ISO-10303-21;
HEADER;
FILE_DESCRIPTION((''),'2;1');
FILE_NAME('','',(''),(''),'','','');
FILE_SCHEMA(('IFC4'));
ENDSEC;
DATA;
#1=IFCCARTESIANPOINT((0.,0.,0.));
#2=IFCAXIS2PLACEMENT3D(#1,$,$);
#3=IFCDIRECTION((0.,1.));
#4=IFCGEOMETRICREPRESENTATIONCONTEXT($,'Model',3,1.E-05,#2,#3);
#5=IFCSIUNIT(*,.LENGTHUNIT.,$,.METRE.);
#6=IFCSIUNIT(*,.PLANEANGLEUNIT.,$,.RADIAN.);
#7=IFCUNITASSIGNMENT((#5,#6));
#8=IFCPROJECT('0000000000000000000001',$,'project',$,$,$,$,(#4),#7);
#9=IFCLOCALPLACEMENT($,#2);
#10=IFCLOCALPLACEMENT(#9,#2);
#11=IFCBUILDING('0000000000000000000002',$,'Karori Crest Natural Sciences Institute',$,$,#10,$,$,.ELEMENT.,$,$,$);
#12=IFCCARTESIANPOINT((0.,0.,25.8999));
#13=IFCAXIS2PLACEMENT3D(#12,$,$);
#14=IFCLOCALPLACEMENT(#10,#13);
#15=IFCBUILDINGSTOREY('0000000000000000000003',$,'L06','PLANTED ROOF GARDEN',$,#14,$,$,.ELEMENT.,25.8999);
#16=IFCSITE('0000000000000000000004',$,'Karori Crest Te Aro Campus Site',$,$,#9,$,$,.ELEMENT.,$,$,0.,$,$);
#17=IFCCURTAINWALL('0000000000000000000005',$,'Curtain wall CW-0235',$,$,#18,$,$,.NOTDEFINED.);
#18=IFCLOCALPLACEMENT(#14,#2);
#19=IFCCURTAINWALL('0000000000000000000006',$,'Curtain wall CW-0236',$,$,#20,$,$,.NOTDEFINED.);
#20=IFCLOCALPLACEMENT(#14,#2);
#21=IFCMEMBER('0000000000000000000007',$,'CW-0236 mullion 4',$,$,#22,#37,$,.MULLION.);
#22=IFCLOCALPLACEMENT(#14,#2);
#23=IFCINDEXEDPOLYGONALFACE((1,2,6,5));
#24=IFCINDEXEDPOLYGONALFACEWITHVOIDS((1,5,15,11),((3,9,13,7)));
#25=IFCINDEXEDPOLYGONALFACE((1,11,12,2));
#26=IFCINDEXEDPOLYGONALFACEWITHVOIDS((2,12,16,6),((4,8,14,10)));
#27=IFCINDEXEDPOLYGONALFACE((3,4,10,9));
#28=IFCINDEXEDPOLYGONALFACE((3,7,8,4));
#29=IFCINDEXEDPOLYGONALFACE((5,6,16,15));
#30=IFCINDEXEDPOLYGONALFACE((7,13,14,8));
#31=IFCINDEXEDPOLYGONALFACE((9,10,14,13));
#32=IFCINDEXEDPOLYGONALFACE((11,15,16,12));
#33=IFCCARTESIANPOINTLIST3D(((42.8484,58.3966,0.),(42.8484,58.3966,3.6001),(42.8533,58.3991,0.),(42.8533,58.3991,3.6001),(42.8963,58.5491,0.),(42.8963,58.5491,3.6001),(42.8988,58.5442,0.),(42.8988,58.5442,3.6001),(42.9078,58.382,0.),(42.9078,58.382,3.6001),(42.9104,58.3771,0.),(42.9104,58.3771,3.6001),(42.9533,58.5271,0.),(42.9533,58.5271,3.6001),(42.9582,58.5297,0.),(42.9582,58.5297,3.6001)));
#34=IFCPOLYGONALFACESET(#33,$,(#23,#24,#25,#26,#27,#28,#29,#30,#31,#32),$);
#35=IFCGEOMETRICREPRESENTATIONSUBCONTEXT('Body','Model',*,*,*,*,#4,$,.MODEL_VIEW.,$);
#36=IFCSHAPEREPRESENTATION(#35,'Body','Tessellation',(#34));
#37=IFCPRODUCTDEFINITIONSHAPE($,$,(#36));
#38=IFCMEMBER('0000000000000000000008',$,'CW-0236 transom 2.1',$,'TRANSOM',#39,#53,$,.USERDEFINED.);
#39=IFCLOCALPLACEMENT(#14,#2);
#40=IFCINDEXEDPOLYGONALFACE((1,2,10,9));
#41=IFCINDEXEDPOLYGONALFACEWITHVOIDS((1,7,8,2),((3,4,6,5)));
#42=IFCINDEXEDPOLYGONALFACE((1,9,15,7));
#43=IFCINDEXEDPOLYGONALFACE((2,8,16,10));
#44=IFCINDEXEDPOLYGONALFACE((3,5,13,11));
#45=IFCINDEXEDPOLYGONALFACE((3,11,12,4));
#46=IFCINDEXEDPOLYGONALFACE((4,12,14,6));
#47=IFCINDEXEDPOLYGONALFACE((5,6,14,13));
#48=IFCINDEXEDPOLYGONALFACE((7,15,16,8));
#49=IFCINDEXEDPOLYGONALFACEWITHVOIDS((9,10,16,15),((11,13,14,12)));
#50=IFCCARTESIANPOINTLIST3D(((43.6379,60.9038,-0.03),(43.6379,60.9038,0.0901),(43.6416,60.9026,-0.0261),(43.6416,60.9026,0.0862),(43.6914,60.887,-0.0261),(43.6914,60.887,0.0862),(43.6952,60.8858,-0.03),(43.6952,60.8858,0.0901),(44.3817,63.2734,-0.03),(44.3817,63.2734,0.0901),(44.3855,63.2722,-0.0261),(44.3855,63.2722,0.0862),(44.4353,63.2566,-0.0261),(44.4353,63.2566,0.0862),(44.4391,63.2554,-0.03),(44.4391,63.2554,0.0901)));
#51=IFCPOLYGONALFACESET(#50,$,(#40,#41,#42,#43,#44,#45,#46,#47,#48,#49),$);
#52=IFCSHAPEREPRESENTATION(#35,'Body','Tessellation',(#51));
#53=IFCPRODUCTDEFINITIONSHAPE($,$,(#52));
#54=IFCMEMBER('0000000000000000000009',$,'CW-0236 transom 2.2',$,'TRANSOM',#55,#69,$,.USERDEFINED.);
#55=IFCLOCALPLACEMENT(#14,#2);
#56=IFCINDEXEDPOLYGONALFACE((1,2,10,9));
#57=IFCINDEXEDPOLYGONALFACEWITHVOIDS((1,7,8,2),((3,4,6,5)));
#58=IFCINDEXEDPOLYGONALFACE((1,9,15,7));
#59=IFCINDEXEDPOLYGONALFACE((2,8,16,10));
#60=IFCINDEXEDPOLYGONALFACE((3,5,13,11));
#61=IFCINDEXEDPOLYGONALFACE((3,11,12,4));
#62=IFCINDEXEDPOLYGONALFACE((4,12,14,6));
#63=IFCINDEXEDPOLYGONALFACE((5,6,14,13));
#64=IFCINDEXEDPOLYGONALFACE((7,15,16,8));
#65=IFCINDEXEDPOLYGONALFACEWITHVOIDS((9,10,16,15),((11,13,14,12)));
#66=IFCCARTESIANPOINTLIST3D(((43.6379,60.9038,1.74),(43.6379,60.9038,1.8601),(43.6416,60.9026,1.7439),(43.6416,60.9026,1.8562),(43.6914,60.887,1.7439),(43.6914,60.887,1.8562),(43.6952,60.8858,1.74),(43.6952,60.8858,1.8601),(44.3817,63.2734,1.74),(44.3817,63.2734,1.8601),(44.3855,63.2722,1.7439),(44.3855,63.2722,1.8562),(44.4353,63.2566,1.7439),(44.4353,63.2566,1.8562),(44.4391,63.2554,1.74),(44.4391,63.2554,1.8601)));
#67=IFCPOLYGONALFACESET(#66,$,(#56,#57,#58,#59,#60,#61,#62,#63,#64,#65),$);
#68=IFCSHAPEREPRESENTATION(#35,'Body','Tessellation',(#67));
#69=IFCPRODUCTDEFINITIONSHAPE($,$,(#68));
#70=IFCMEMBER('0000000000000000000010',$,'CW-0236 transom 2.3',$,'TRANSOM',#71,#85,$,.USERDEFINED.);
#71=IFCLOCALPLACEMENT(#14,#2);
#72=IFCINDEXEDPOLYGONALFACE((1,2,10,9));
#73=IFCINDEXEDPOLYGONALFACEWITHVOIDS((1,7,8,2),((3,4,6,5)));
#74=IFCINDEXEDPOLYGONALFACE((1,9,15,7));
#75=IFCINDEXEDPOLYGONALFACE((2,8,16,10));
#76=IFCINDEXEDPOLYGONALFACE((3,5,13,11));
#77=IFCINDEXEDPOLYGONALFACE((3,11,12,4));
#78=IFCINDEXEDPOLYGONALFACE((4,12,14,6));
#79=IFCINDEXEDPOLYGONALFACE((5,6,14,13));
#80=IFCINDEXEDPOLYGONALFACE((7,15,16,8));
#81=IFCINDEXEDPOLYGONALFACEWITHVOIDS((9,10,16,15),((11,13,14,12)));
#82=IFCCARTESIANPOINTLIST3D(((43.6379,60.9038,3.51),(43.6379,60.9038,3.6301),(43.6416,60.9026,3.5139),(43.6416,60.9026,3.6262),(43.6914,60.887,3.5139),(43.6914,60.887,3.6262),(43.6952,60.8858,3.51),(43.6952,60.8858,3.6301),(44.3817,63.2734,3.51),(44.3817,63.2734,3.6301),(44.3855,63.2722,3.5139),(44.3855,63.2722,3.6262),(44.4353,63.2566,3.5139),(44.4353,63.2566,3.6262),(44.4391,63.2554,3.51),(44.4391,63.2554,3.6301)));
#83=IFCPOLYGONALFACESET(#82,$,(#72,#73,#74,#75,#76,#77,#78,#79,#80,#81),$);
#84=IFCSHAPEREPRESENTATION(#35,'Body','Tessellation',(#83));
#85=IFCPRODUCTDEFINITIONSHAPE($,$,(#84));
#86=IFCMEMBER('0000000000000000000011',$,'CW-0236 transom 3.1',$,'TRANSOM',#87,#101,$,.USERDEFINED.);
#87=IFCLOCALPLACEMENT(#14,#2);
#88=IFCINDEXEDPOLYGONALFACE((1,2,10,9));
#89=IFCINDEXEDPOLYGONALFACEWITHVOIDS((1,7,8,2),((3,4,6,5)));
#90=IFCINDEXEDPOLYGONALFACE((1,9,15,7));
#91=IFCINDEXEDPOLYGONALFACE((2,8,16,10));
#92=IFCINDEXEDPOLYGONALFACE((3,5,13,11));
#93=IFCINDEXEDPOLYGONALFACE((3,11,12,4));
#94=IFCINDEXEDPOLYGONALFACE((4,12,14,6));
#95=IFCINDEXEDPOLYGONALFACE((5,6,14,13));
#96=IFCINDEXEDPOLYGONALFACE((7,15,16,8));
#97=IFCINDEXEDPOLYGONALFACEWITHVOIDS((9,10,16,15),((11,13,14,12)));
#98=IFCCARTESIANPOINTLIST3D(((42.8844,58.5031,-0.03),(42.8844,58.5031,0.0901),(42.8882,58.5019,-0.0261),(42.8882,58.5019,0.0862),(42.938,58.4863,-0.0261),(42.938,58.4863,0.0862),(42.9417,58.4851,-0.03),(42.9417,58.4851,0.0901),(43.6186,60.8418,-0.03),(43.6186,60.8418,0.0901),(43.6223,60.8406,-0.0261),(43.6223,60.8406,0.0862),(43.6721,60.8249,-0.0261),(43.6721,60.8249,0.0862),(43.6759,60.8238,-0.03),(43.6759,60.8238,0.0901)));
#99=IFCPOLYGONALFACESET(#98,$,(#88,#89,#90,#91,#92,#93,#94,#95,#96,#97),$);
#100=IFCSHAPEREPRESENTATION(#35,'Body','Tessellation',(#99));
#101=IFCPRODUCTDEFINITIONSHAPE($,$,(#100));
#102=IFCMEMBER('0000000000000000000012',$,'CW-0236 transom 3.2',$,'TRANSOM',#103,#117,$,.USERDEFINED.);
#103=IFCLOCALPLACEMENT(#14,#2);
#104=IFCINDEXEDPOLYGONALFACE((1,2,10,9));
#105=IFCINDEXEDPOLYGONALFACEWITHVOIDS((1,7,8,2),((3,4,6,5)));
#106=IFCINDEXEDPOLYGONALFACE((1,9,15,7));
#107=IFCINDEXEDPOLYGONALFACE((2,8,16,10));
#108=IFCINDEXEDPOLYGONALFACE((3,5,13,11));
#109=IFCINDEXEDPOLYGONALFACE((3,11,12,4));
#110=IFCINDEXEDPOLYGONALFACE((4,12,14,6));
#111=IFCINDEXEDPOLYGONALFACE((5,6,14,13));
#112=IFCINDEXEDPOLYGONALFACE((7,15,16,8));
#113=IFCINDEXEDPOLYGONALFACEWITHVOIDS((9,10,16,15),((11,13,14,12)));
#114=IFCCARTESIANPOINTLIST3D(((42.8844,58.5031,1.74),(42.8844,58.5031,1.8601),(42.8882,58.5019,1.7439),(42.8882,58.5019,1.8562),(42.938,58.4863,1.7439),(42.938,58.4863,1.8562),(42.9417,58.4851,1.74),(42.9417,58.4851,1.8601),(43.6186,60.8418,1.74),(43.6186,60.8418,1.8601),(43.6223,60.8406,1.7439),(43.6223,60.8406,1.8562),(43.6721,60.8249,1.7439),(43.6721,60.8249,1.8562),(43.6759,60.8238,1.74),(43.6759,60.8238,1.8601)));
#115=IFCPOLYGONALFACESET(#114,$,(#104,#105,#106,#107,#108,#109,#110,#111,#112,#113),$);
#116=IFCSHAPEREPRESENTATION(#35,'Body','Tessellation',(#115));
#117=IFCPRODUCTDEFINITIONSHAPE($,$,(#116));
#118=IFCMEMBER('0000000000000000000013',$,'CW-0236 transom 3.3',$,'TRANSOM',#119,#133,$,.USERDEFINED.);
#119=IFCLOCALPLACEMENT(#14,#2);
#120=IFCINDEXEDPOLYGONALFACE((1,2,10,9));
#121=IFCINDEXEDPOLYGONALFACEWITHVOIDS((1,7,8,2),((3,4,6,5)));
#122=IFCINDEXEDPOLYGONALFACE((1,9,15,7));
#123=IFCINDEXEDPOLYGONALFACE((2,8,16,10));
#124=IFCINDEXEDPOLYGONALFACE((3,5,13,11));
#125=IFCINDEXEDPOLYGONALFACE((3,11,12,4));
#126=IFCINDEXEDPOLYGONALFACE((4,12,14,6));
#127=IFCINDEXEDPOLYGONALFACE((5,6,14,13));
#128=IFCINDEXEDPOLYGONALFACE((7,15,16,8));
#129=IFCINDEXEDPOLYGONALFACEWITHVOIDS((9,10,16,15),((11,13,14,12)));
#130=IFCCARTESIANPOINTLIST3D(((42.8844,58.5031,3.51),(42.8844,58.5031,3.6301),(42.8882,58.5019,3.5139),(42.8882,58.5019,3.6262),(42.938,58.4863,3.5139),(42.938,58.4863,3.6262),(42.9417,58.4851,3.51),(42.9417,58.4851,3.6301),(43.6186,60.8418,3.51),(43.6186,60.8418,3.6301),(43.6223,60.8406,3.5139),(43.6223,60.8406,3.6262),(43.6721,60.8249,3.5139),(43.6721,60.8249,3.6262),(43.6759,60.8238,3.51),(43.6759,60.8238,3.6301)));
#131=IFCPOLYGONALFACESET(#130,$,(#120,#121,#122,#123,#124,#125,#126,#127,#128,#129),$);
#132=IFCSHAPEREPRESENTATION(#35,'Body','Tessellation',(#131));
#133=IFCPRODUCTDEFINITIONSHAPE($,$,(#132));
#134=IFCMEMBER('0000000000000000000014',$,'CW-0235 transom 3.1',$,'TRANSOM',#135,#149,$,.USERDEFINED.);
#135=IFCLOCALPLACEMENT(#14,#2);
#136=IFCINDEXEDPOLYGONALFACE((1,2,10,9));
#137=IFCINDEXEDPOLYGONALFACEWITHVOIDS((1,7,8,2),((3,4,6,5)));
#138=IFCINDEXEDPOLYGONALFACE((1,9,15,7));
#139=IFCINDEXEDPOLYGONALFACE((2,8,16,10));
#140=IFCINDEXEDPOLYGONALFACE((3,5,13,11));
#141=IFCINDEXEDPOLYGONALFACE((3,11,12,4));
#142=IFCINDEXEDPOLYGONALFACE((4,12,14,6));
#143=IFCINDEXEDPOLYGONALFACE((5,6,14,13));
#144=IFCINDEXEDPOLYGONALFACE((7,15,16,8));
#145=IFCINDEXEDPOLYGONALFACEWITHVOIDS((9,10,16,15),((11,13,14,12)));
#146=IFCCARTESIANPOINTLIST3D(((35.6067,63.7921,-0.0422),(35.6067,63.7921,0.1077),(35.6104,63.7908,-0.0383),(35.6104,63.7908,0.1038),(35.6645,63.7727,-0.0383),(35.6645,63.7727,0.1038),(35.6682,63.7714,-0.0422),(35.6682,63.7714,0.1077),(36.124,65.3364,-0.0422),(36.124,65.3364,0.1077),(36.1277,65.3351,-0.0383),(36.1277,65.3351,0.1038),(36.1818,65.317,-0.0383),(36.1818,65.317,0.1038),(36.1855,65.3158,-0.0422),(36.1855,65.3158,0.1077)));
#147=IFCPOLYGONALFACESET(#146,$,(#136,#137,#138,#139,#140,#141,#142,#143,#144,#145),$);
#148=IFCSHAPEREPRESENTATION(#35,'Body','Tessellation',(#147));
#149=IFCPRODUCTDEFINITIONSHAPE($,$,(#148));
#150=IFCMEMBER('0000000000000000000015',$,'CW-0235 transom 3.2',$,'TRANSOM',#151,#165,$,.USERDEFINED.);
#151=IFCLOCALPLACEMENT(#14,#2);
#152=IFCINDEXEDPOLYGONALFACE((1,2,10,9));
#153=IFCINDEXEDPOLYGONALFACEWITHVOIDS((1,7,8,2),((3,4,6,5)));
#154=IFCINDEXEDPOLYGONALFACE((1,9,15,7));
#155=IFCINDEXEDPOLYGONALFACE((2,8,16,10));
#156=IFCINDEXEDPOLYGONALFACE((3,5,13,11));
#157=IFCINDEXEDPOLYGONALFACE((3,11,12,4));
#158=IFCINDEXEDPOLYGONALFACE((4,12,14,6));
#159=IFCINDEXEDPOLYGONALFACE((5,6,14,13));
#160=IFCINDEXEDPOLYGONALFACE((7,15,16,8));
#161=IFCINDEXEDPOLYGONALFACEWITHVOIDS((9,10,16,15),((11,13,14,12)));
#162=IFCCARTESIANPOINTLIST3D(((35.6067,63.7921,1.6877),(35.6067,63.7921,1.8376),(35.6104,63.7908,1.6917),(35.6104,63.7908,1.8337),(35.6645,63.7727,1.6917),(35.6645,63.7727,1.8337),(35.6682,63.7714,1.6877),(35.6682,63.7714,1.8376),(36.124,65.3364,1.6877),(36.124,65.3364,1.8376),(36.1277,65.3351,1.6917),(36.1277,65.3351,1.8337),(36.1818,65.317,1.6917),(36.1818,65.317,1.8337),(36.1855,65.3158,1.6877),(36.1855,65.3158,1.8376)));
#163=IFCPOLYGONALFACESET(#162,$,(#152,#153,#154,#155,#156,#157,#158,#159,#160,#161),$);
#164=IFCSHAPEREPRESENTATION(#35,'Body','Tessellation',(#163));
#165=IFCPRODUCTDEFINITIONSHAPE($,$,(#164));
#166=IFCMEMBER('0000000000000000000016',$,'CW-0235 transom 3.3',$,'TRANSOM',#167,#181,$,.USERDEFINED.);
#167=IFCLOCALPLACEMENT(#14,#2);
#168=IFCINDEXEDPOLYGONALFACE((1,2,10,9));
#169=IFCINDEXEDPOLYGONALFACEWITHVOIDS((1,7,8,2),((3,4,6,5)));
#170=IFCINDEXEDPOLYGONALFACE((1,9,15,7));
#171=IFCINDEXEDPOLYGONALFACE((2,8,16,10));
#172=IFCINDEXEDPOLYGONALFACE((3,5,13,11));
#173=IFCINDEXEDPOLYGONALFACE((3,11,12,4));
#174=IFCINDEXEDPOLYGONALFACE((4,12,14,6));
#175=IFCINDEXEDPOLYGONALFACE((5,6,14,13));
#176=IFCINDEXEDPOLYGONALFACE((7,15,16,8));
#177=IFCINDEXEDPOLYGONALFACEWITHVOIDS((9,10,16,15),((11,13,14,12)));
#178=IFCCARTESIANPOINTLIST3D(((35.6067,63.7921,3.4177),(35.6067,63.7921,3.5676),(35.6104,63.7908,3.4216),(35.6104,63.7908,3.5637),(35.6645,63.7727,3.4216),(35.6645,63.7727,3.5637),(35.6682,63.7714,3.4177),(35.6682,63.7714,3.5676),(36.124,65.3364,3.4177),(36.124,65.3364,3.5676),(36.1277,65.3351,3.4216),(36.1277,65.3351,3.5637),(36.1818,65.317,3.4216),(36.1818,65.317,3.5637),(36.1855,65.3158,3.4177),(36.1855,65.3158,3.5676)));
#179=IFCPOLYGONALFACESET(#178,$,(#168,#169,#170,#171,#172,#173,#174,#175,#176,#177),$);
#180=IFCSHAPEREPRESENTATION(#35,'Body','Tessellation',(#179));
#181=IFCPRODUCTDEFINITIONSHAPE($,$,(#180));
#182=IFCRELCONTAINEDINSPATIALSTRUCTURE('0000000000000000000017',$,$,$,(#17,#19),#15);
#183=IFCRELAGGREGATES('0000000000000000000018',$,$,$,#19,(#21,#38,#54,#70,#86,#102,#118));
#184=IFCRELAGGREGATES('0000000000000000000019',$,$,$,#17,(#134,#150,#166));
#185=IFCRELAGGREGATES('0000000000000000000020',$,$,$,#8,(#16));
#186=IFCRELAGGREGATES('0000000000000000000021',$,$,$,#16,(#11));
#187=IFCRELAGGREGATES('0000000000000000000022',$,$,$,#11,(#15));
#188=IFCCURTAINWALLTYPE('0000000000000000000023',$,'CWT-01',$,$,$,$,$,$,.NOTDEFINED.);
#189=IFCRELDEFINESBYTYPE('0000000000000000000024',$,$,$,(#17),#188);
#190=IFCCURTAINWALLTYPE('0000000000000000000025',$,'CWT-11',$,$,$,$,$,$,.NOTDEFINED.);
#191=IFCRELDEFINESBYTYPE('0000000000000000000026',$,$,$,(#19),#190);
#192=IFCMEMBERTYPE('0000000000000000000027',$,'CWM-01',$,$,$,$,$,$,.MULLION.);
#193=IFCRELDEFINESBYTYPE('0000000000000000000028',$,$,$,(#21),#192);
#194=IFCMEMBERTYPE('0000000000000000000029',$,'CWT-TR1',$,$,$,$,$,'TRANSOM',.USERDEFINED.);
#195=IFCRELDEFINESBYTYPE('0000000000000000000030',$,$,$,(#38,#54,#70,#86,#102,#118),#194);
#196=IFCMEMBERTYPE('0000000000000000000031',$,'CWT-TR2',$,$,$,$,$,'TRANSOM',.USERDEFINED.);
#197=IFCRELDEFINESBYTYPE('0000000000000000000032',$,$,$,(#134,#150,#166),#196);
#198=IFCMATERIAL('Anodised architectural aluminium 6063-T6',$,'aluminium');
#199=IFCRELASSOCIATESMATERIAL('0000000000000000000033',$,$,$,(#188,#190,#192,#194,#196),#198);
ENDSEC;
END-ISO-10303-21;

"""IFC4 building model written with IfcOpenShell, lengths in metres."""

from ifc_helpers import new_model, si_unit, direction, frame, origin, origin_2d, place, context, subcontext, project, spatial, hollow_rectangle, extrude, material, material_profile, profile_set, type_object, element, aggregate, save


model = new_model("IFC4")

# Units and contexts
model_context = context("Model", 3, precision=1e-05, world=origin(), true_north=direction((0.0, 1.0)))
body_context = subcontext(model_context, "Body", "Model", "MODEL_VIEW")
ifc_project = project(units=[si_unit("LENGTHUNIT", "METRE"), si_unit("PLANEANGLEUNIT", "RADIAN")], contexts=[model_context])

# Site, building, storey
site_placement = place(None, origin())
site = spatial("IfcSite", under=ifc_project, at=site_placement, Name="Karori Crest Te Aro Campus Site", CompositionType="ELEMENT", RefElevation=0.0)
building_placement = place(site_placement, origin())
building = spatial("IfcBuilding", under=site, at=building_placement, Name="Karori Crest Natural Sciences Institute", CompositionType="ELEMENT")
storey_placement = place(building_placement, frame((0.0, 0.0, 25.8999)))
storey = spatial("IfcBuildingStorey", under=building, at=storey_placement, Name="L06", Description="PLANTED ROOF GARDEN", CompositionType="ELEMENT", Elevation=25.8999)

# Curtain wall
ifc_material_1 = material(Name="Anodised architectural aluminium 6063-T6", Category="aluminium")
curtain_wall_type_1 = type_object("IfcCurtainWallType", Name="CWT-01", PredefinedType="NOTDEFINED", material=ifc_material_1)
curtain_wall_1_placement = place(storey_placement, origin())
curtain_wall_1 = element("IfcCurtainWall", 1, at=curtain_wall_1_placement, inside=storey, type_object=curtain_wall_type_1, Name="Curtain wall CW-0235", PredefinedType="NOTDEFINED")
ifc_material_profile_1 = material_profile(ifc_material_1, hollow_rectangle(XDim=0.0649, YDim=0.1599, WallThickness=0.0039, at=origin_2d()), Name="CWM160x65x4")
ifc_profile_set_1 = profile_set([ifc_material_profile_1], Name="Anodised architectural aluminium 6063-T6")
member_type_1 = type_object("IfcMemberType", Name="CWM-01", PredefinedType="MULLION", material=ifc_profile_set_1)

# Curtain wall, members
curtain_wall_type_2 = type_object("IfcCurtainWallType", Name="CWT-11", PredefinedType="NOTDEFINED", material=ifc_material_1)
curtain_wall_2_placement = place(storey_placement, origin())
curtain_wall_2 = element("IfcCurtainWall", 2, at=curtain_wall_2_placement, inside=storey, type_object=curtain_wall_type_2, Name="Curtain wall CW-0236", PredefinedType="NOTDEFINED")
member_1_placement = place(storey_placement, frame((42.9033, 58.4631, 0.0), z_axis=(0.0, 0.0, 1.0), x_axis=(0.954104, -0.299475, 0.0)))
member_1 = element("IfcMember", 3, at=member_1_placement, type_object=member_type_1, Name="CW-0236 mullion 4", PredefinedType="MULLION", context=body_context, shape_type="SweptSolid", body=[
    extrude(hollow_rectangle(XDim=0.0649, YDim=0.1599, WallThickness=0.0039, at=origin_2d()), origin(), (0.0, 0.0, 1.0), 3.6001),
])
ifc_material_profile_2 = material_profile(ifc_material_1, hollow_rectangle(XDim=0.0601, YDim=0.1201, WallThickness=0.0039, at=origin_2d()), Name="CWT120x60x4")
ifc_profile_set_2 = profile_set([ifc_material_profile_2], Name="Anodised architectural aluminium 6063-T6")
member_type_2 = type_object("IfcMemberType", Name="CWT-TR1", ElementType="TRANSOM", PredefinedType="USERDEFINED", material=ifc_profile_set_2)
member_2_placement = place(storey_placement, frame((44.4104, 63.2644, 0.03), z_axis=(-0.299517, -0.954091, 0.0), x_axis=(0.954091, -0.299517, 0.0)))
member_2 = element("IfcMember", 4, at=member_2_placement, type_object=member_type_2, Name="CW-0236 transom 2.1", ObjectType="TRANSOM", PredefinedType="USERDEFINED", context=body_context, shape_type="SweptSolid", body=[
    extrude(hollow_rectangle(XDim=0.0601, YDim=0.1201, WallThickness=0.0039, at=origin_2d()), origin(), (0.0, 0.0, 1.0), 2.4836),
])
member_3_placement = place(storey_placement, frame((44.4104, 63.2644, 1.8), z_axis=(-0.299517, -0.954091, 0.0), x_axis=(0.954091, -0.299517, 0.0)))
member_3 = element("IfcMember", 5, at=member_3_placement, type_object=member_type_2, Name="CW-0236 transom 2.2", ObjectType="TRANSOM", PredefinedType="USERDEFINED", context=body_context, shape_type="SweptSolid", body=[
    extrude(hollow_rectangle(XDim=0.0601, YDim=0.1201, WallThickness=0.0039, at=origin_2d()), origin(), (0.0, 0.0, 1.0), 2.4836),
])
member_4_placement = place(storey_placement, frame((44.4104, 63.2644, 3.5701), z_axis=(-0.299517, -0.954091, 0.0), x_axis=(0.954091, -0.299517, 0.0)))
member_4 = element("IfcMember", 6, at=member_4_placement, type_object=member_type_2, Name="CW-0236 transom 2.3", ObjectType="TRANSOM", PredefinedType="USERDEFINED", context=body_context, shape_type="SweptSolid", body=[
    extrude(hollow_rectangle(XDim=0.0601, YDim=0.1201, WallThickness=0.0039, at=origin_2d()), origin(), (0.0, 0.0, 1.0), 2.4836),
])
member_5_placement = place(storey_placement, frame((43.6472, 60.8328, 0.03), z_axis=(-0.299505, -0.954095, 0.0), x_axis=(0.954095, -0.299505, 0.0)))
member_5 = element("IfcMember", 7, at=member_5_placement, type_object=member_type_2, Name="CW-0236 transom 3.1", ObjectType="TRANSOM", PredefinedType="USERDEFINED", context=body_context, shape_type="SweptSolid", body=[
    extrude(hollow_rectangle(XDim=0.0601, YDim=0.1201, WallThickness=0.0039, at=origin_2d()), origin(), (0.0, 0.0, 1.0), 2.4512),
])
member_6_placement = place(storey_placement, frame((43.6472, 60.8328, 1.8), z_axis=(-0.299505, -0.954095, 0.0), x_axis=(0.954095, -0.299505, 0.0)))
member_6 = element("IfcMember", 8, at=member_6_placement, type_object=member_type_2, Name="CW-0236 transom 3.2", ObjectType="TRANSOM", PredefinedType="USERDEFINED", context=body_context, shape_type="SweptSolid", body=[
    extrude(hollow_rectangle(XDim=0.0601, YDim=0.1201, WallThickness=0.0039, at=origin_2d()), origin(), (0.0, 0.0, 1.0), 2.4512),
])
member_7_placement = place(storey_placement, frame((43.6472, 60.8328, 3.5701), z_axis=(-0.299505, -0.954095, 0.0), x_axis=(0.954095, -0.299505, 0.0)))
member_7 = element("IfcMember", 9, at=member_7_placement, type_object=member_type_2, Name="CW-0236 transom 3.3", ObjectType="TRANSOM", PredefinedType="USERDEFINED", context=body_context, shape_type="SweptSolid", body=[
    extrude(hollow_rectangle(XDim=0.0601, YDim=0.1201, WallThickness=0.0039, at=origin_2d()), origin(), (0.0, 0.0, 1.0), 2.4512),
])

# Members
ifc_material_profile_3 = material_profile(ifc_material_1, hollow_rectangle(XDim=0.0649, YDim=0.1499, WallThickness=0.0039, at=origin_2d()), Name="CWT150x65x4")
ifc_profile_set_3 = profile_set([ifc_material_profile_3], Name="Anodised architectural aluminium 6063-T6")
member_type_3 = type_object("IfcMemberType", Name="CWT-TR2", ElementType="TRANSOM", PredefinedType="USERDEFINED", material=ifc_profile_set_3)
member_8_placement = place(storey_placement, frame((35.6375, 63.7817, 0.0327), z_axis=(0.317621, 0.948218, 0.0), x_axis=(-0.948218, 0.317621, 0.0)))
member_8 = element("IfcMember", 10, at=member_8_placement, type_object=member_type_3, Name="CW-0235 transom 3.1", ObjectType="TRANSOM", PredefinedType="USERDEFINED", context=body_context, shape_type="SweptSolid", body=[
    extrude(hollow_rectangle(XDim=0.0649, YDim=0.1499, WallThickness=0.0039, at=origin_2d()), origin(), (0.0, 0.0, 1.0), 1.6287),
])
member_9_placement = place(storey_placement, frame((35.6375, 63.7817, 1.7627), z_axis=(0.317621, 0.948218, 0.0), x_axis=(-0.948218, 0.317621, 0.0)))
member_9 = element("IfcMember", 11, at=member_9_placement, type_object=member_type_3, Name="CW-0235 transom 3.2", ObjectType="TRANSOM", PredefinedType="USERDEFINED", context=body_context, shape_type="SweptSolid", body=[
    extrude(hollow_rectangle(XDim=0.0649, YDim=0.1499, WallThickness=0.0039, at=origin_2d()), origin(), (0.0, 0.0, 1.0), 1.6287),
])
member_10_placement = place(storey_placement, frame((35.6375, 63.7817, 3.4927), z_axis=(0.317621, 0.948218, 0.0), x_axis=(-0.948218, 0.317621, 0.0)))
member_10 = element("IfcMember", 12, at=member_10_placement, type_object=member_type_3, Name="CW-0235 transom 3.3", ObjectType="TRANSOM", PredefinedType="USERDEFINED", context=body_context, shape_type="SweptSolid", body=[
    extrude(hollow_rectangle(XDim=0.0649, YDim=0.1499, WallThickness=0.0039, at=origin_2d()), origin(), (0.0, 0.0, 1.0), 1.6287),
])

aggregate(curtain_wall_2, [member_1, member_2, member_3, member_4, member_5, member_6, member_7])
aggregate(curtain_wall_1, [member_8, member_9, member_10])

save(model, "model.ifc")
